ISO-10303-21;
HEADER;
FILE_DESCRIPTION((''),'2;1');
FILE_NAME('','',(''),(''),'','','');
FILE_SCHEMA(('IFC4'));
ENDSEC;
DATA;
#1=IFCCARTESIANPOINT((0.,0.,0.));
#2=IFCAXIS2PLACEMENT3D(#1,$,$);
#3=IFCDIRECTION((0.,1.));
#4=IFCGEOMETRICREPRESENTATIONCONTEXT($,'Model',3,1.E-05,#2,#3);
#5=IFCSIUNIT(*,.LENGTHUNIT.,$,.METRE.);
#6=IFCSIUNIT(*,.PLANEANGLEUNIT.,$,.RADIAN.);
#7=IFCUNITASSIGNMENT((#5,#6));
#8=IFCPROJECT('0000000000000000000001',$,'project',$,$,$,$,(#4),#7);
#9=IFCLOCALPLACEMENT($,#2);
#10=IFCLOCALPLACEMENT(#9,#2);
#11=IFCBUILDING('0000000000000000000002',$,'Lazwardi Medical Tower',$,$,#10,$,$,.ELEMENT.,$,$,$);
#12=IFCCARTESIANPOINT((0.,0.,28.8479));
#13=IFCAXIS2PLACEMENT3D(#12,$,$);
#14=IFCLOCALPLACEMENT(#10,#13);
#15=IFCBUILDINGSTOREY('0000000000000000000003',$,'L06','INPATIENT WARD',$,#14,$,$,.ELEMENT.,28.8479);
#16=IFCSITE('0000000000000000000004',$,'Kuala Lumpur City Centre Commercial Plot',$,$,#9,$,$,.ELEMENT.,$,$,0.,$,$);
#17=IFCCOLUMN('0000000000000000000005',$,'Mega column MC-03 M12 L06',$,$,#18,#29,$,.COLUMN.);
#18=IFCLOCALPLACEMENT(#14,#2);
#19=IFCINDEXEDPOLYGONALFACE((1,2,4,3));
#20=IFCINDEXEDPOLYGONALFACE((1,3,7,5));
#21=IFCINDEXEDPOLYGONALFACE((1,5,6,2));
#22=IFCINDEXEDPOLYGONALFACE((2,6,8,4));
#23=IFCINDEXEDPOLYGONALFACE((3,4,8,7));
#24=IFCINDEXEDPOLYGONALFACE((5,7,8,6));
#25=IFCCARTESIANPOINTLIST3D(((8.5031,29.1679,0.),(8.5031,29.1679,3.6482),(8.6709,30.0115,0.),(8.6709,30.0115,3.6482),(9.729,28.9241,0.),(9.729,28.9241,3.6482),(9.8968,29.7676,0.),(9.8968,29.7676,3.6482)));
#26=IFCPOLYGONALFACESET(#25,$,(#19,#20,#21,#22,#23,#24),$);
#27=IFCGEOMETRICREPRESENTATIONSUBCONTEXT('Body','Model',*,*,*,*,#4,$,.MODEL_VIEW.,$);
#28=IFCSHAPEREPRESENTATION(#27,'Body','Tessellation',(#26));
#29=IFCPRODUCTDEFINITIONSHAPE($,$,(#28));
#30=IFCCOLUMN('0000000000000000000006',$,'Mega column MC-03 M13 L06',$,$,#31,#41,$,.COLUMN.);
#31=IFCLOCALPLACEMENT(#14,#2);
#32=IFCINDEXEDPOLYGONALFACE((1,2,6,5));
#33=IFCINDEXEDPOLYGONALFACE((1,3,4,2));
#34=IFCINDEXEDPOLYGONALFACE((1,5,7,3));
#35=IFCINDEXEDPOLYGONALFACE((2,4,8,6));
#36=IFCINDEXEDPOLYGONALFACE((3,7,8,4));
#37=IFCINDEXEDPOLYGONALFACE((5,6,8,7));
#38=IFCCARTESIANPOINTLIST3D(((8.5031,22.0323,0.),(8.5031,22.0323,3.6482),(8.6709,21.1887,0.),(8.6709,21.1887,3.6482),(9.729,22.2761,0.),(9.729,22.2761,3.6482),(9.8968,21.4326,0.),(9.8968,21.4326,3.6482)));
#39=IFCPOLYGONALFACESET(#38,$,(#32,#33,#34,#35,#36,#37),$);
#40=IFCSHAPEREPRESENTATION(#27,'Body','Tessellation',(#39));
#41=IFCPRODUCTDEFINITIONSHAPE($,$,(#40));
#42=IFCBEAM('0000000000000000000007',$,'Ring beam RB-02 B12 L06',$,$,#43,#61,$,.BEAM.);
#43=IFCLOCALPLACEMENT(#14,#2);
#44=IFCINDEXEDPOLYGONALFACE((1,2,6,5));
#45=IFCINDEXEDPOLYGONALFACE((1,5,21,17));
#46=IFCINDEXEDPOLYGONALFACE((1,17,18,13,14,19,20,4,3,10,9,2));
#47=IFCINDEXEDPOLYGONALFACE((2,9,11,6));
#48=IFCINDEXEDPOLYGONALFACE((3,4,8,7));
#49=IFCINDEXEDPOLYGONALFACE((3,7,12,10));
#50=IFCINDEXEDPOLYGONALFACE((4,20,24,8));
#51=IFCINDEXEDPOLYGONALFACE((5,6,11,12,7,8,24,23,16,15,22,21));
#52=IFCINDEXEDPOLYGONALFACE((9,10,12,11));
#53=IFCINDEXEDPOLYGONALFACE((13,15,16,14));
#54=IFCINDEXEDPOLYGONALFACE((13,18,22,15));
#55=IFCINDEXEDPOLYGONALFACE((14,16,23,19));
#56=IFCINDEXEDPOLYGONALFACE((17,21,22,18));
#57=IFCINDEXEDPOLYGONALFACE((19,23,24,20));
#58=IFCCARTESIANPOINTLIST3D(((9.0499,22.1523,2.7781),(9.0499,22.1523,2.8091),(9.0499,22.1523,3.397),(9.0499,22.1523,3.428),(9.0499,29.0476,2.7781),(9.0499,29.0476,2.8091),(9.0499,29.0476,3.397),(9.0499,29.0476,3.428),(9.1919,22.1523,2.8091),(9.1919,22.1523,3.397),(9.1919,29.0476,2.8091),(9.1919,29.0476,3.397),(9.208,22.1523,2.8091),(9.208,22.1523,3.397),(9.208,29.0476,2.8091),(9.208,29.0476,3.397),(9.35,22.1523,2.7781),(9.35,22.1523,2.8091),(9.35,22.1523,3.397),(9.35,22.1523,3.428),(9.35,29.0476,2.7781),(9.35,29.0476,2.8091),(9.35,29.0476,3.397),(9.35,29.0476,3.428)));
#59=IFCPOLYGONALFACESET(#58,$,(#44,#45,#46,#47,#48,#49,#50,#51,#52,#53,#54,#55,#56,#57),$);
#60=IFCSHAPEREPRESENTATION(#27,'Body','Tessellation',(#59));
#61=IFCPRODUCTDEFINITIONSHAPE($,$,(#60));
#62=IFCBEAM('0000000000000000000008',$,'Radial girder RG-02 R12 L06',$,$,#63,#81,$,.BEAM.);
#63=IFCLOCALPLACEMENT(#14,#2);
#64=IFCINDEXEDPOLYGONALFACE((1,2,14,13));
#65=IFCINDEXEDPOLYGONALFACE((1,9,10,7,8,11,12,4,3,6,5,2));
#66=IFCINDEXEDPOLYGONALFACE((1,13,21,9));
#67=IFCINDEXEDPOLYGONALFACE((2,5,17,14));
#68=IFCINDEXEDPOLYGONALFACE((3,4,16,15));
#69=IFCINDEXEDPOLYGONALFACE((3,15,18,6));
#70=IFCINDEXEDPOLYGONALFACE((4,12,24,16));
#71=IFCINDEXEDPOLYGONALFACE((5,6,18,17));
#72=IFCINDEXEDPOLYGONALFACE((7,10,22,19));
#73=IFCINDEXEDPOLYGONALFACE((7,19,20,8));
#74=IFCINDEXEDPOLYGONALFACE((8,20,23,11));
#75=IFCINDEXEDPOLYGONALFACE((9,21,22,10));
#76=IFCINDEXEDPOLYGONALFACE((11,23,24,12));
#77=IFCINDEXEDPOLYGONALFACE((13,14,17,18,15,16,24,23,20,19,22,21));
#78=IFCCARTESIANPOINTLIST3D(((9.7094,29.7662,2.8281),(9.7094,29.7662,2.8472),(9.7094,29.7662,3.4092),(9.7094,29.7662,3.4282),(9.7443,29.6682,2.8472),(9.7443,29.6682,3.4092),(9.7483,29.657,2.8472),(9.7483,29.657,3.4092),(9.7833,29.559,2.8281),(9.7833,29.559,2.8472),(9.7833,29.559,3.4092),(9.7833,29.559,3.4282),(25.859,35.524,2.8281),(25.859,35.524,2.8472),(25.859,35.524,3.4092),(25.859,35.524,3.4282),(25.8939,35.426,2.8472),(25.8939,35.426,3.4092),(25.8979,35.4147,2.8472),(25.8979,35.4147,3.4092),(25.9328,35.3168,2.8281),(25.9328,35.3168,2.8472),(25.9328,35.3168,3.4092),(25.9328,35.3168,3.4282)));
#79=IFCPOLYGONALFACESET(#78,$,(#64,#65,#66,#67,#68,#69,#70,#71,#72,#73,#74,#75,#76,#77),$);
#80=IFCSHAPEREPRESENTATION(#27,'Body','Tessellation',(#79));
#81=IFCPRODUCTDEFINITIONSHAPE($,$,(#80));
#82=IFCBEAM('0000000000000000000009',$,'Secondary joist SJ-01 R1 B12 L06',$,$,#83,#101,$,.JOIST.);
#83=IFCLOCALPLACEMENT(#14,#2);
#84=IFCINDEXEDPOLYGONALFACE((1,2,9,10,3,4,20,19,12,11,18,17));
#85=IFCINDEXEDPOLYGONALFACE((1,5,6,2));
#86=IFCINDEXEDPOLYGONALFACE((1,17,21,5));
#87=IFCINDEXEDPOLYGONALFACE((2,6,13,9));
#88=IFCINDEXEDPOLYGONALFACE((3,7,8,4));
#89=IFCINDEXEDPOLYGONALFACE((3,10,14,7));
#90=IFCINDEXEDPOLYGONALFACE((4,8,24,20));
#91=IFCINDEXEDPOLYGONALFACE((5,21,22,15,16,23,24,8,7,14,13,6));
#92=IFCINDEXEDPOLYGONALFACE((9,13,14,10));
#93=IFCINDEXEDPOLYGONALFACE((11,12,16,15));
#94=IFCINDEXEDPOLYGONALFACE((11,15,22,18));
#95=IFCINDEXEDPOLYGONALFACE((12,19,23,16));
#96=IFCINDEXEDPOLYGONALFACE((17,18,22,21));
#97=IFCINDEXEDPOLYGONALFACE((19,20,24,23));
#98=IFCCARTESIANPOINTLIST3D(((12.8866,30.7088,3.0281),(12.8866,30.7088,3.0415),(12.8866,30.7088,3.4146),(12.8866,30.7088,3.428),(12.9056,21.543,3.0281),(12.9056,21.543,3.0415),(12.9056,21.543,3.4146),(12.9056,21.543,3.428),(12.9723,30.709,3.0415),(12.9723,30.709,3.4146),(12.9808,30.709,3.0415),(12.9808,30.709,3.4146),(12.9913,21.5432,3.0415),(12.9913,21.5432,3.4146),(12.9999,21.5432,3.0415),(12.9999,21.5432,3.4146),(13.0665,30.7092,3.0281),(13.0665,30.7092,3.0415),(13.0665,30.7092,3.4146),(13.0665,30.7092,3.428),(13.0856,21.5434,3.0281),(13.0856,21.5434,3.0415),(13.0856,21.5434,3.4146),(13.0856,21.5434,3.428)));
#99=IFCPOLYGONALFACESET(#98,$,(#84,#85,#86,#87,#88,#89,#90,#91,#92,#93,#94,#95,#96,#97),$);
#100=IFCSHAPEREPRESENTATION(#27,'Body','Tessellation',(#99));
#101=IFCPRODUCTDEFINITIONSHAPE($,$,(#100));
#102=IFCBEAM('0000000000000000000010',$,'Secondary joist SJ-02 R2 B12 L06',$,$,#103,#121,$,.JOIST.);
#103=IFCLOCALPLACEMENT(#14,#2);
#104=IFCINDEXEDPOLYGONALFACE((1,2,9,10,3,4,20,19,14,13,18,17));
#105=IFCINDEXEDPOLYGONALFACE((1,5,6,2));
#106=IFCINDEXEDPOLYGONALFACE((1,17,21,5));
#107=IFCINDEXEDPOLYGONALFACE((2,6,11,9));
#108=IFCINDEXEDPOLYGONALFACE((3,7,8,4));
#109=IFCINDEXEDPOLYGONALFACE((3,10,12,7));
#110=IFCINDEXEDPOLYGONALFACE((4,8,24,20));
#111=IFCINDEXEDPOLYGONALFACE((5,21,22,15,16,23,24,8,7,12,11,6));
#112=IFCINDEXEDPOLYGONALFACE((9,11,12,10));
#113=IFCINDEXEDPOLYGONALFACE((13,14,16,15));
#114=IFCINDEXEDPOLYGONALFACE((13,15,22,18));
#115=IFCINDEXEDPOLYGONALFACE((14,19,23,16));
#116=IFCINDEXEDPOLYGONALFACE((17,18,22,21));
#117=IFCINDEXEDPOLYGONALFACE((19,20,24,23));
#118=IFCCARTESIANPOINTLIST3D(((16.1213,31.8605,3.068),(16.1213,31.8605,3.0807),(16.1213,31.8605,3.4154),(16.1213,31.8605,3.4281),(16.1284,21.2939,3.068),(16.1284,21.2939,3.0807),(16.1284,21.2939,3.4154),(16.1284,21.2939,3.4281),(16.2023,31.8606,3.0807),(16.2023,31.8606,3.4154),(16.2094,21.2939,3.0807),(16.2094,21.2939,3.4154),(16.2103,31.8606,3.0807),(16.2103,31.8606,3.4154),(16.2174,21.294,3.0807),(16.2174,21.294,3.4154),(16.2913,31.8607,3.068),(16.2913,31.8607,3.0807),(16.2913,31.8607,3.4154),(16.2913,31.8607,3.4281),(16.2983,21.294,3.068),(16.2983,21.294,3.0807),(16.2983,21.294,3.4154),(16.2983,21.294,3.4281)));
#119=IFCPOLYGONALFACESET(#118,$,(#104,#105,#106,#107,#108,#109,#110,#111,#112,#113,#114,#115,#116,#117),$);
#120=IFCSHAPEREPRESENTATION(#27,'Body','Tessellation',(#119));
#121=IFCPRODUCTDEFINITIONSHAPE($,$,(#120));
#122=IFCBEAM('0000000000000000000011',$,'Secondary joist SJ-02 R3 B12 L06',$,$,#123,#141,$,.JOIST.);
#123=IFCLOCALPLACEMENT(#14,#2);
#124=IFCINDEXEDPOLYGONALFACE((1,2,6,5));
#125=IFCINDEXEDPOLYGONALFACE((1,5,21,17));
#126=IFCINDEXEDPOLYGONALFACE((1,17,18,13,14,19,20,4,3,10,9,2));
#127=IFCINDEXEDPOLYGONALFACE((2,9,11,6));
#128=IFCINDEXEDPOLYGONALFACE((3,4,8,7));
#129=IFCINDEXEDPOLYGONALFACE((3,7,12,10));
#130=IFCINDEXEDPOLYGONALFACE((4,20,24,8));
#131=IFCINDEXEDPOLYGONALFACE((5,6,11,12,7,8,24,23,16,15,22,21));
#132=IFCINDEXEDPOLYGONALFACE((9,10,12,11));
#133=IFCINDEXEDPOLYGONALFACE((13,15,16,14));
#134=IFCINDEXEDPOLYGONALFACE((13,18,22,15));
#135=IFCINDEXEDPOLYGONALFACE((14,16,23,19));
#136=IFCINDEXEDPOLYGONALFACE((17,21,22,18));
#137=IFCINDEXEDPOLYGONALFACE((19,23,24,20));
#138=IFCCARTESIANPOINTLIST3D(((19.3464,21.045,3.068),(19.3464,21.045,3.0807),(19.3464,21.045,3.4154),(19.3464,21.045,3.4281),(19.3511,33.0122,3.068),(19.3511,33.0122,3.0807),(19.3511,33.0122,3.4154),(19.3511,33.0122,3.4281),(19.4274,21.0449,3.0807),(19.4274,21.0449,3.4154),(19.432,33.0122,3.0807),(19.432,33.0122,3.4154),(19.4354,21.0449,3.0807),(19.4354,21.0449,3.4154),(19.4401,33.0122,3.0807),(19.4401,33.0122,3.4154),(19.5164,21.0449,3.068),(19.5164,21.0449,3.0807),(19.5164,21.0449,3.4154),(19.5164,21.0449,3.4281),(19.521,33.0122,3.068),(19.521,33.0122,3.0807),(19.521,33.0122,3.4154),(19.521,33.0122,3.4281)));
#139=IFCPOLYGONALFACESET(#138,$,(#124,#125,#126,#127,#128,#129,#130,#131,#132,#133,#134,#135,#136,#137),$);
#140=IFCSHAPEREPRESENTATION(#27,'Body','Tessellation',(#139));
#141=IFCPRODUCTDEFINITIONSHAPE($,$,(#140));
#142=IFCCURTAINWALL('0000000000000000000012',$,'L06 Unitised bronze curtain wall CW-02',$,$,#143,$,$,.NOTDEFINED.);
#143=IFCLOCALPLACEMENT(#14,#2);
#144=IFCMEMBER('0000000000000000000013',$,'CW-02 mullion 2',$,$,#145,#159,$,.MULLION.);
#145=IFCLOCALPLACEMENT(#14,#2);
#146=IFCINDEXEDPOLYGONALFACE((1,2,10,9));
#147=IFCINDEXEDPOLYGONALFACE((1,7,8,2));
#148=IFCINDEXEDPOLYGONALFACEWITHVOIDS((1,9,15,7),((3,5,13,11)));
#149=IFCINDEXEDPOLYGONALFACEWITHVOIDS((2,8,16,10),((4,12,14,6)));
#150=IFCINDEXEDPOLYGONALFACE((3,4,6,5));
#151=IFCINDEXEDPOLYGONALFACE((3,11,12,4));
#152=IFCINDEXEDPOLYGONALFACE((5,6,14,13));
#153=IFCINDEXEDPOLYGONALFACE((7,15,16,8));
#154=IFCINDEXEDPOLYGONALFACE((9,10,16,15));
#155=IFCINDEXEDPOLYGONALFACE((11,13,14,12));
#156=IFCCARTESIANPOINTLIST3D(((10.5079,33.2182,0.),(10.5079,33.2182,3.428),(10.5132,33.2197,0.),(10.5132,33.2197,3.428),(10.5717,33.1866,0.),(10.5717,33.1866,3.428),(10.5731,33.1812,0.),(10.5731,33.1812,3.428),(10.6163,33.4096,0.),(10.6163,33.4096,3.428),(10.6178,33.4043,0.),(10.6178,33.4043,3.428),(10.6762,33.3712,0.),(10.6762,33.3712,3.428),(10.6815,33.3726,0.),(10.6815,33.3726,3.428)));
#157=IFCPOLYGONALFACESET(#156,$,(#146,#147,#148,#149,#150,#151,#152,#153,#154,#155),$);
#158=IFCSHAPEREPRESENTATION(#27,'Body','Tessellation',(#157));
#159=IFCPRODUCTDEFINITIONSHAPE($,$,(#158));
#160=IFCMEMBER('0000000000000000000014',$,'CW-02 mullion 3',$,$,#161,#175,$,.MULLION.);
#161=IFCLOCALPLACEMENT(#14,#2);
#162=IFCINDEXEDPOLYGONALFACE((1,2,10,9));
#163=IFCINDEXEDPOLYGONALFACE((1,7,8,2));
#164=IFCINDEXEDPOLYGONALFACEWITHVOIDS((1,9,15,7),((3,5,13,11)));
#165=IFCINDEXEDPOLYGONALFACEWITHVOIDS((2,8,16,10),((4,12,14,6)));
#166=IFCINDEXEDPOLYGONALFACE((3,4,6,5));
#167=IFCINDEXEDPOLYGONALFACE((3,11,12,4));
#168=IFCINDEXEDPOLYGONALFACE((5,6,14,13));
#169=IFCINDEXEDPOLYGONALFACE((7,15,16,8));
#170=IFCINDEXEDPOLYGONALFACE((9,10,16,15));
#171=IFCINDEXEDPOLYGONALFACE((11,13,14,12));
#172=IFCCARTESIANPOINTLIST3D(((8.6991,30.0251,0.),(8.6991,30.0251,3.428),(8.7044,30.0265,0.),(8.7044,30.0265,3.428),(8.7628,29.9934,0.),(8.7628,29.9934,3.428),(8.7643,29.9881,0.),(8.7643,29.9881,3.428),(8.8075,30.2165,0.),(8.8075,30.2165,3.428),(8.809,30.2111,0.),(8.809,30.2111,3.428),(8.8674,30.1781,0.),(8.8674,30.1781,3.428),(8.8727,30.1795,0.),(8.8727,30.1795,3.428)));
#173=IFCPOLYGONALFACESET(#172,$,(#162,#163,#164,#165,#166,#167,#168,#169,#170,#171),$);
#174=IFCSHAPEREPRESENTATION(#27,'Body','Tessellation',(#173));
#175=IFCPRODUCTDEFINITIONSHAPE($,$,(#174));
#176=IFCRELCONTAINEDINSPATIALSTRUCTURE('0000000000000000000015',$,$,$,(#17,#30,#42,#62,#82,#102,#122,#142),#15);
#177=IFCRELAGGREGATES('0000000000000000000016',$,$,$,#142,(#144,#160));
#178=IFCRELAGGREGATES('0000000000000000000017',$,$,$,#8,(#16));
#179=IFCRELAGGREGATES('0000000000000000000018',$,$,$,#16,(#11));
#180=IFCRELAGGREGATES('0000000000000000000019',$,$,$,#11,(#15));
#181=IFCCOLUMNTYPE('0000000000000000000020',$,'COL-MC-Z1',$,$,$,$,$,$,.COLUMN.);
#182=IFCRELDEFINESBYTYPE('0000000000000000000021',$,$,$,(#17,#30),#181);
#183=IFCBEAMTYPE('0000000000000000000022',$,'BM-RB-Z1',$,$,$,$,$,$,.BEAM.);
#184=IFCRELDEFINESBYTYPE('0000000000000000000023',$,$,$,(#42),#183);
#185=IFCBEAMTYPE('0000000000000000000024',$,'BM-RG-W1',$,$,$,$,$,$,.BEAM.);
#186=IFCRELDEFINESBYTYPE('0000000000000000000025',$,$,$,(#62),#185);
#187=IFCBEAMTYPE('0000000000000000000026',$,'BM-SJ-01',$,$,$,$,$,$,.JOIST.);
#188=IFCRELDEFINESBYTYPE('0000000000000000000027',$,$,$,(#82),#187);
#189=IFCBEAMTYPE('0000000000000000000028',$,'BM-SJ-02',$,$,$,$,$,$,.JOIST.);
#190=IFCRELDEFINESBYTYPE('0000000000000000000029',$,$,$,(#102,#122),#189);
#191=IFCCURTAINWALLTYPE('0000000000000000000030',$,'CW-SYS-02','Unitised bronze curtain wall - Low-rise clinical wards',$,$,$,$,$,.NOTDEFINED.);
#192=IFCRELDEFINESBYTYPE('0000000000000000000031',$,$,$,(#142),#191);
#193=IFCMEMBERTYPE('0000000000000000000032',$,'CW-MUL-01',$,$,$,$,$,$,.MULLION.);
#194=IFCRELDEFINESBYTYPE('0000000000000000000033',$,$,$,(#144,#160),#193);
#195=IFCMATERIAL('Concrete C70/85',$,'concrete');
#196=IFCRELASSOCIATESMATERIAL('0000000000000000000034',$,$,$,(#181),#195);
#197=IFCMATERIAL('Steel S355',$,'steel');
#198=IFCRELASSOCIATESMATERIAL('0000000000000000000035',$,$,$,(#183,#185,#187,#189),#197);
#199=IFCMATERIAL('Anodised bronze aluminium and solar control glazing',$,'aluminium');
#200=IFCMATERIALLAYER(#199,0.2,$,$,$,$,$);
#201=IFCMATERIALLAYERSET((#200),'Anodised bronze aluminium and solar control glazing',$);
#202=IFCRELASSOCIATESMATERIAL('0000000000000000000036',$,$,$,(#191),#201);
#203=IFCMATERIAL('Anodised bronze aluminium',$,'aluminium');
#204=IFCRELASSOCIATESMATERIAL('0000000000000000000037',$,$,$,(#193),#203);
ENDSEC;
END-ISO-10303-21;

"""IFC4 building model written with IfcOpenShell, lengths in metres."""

from ifc_helpers import new_model, si_unit, direction, frame, origin, origin_2d, place, context, subcontext, project, spatial, rectangle, hollow_rectangle, i_section, extrude, material, layer, layer_set, material_profile, profile_set, type_object, element, aggregate, save


model = new_model("IFC4")

# Units and contexts
model_context = context("Model", 3, precision=1e-05, world=origin(), true_north=direction((0.0, 1.0)))
body_context = subcontext(model_context, "Body", "Model", "MODEL_VIEW")
ifc_project = project(units=[si_unit("LENGTHUNIT", "METRE"), si_unit("PLANEANGLEUNIT", "RADIAN")], contexts=[model_context])

# Site, building, storey
site_placement = place(None, origin())
site = spatial("IfcSite", under=ifc_project, at=site_placement, Name="Kuala Lumpur City Centre Commercial Plot", CompositionType="ELEMENT", RefElevation=0.0)
building_placement = place(site_placement, origin())
building = spatial("IfcBuilding", under=site, at=building_placement, Name="Lazwardi Medical Tower", CompositionType="ELEMENT")
storey_placement = place(building_placement, frame((0.0, 0.0, 28.8479)))
storey = spatial("IfcBuildingStorey", under=building, at=storey_placement, Name="L06", Description="INPATIENT WARD", CompositionType="ELEMENT", Elevation=28.8479)

# Columns
ifc_material_1 = material(Name="Concrete C70/85", Category="concrete")
ifc_material_profile_1 = material_profile(ifc_material_1, rectangle(XDim=1.25, YDim=0.8601, at=origin_2d()), Name="CFT-RECT 1250x860")
ifc_profile_set_1 = profile_set([ifc_material_profile_1], Name="Concrete C70/85")
column_type = type_object("IfcColumnType", Name="COL-MC-Z1", PredefinedType="COLUMN", material=ifc_profile_set_1)
for number, where, z_axis, x_axis, name in (
    (1, (9.2, 29.4678, 0.0), (0.0, 0.0, 1.0), (-0.980785, 0.19509, 0.0), "Mega column MC-03 M12 L06"),
    (2, (9.2, 21.7324, 0.0), (0.0, 0.0, 1.0), (-0.980785, -0.19509, 0.0), "Mega column MC-03 M13 L06"),
):
    element("IfcColumn", number, at=place(storey_placement, frame(where, z_axis=z_axis, x_axis=x_axis)), inside=storey, type_object=column_type, Name=name, PredefinedType="COLUMN", context=body_context, shape_type="SweptSolid", body=[
        extrude(rectangle(XDim=1.25, YDim=0.8601, at=origin_2d()), origin(), (0.0, 0.0, 1.0), 3.6482),
    ])

# Beams
ifc_material_2 = material(Name="Steel S355", Category="steel")
ifc_material_profile_2 = material_profile(ifc_material_2, i_section(OverallWidth=0.3, OverallDepth=0.6499, WebThickness=0.0161, FlangeThickness=0.031, at=origin_2d()), Name="HEB 650")
ifc_profile_set_2 = profile_set([ifc_material_profile_2], Name="Steel S355")
beam_type_1 = type_object("IfcBeamType", Name="BM-RB-Z1", PredefinedType="BEAM", material=ifc_profile_set_2)
beam_1_placement = place(storey_placement, frame((9.2, 29.0476, 3.103), z_axis=(0.0, -1.0, 0.0), x_axis=(1.0, 0.0, 0.0)))
element("IfcBeam", 3, at=beam_1_placement, inside=storey, type_object=beam_type_1, Name="Ring beam RB-02 B12 L06", PredefinedType="BEAM", context=body_context, shape_type="SweptSolid", body=[
    extrude(i_section(OverallWidth=0.3, OverallDepth=0.6499, WebThickness=0.0161, FlangeThickness=0.031, at=origin_2d()), origin(), (0.0, 0.0, 1.0), 6.8953),
])
ifc_material_profile_3 = material_profile(ifc_material_2, i_section(OverallWidth=0.22, OverallDepth=0.6001, WebThickness=0.012, FlangeThickness=0.019, at=origin_2d()), Name="IPE 600")
ifc_profile_set_3 = profile_set([ifc_material_profile_3], Name="Steel S355")
beam_type_2 = type_object("IfcBeamType", Name="BM-RG-W1", PredefinedType="BEAM", material=ifc_profile_set_3)
beam_2_placement = place(storey_placement, frame((9.7463, 29.6626, 3.1282), z_axis=(0.941925, 0.335823, 0.0), x_axis=(-0.335823, 0.941925, 0.0)))
element("IfcBeam", 4, at=beam_2_placement, inside=storey, type_object=beam_type_2, Name="Radial girder RG-02 R12 L06", PredefinedType="BEAM", context=body_context, shape_type="SweptSolid", body=[
    extrude(i_section(OverallWidth=0.22, OverallDepth=0.6001, WebThickness=0.012, FlangeThickness=0.019, at=origin_2d()), origin(), (0.0, 0.0, 1.0), 17.1453),
])
ifc_material_profile_4 = material_profile(ifc_material_2, i_section(OverallWidth=0.1799, OverallDepth=0.3999, WebThickness=0.0085, FlangeThickness=0.0134, at=origin_2d()), Name="IPE 400")
ifc_profile_set_4 = profile_set([ifc_material_profile_4], Name="Steel S355")
beam_type_3 = type_object("IfcBeamType", Name="BM-SJ-01", PredefinedType="JOIST", material=ifc_profile_set_4)
beam_3_placement = place(storey_placement, frame((12.9766, 30.709, 3.228), z_axis=(0.002078, -0.999998, 0.0), x_axis=(0.999998, 0.002078, 0.0)))
element("IfcBeam", 5, at=beam_3_placement, inside=storey, type_object=beam_type_3, Name="Secondary joist SJ-01 R1 B12 L06", PredefinedType="JOIST", context=body_context, shape_type="SweptSolid", body=[
    extrude(i_section(OverallWidth=0.1799, OverallDepth=0.3999, WebThickness=0.0085, FlangeThickness=0.0134, at=origin_2d()), origin(), (0.0, 0.0, 1.0), 9.1658),
])
ifc_material_profile_5 = material_profile(ifc_material_2, i_section(OverallWidth=0.1699, OverallDepth=0.3601, WebThickness=0.0081, FlangeThickness=0.0127, at=origin_2d()), Name="IPE 360")
ifc_profile_set_5 = profile_set([ifc_material_profile_5], Name="Steel S355")
beam_type_4 = type_object("IfcBeamType", Name="BM-SJ-02", PredefinedType="JOIST", material=ifc_profile_set_5)
beam_4_placement = place(storey_placement, frame((16.2063, 31.8606, 3.248), z_axis=(0.00067, -1.0, 0.0), x_axis=(1.0, 0.00067, 0.0)))
element("IfcBeam", 6, at=beam_4_placement, inside=storey, type_object=beam_type_4, Name="Secondary joist SJ-02 R2 B12 L06", PredefinedType="JOIST", context=body_context, shape_type="SweptSolid", body=[
    extrude(i_section(OverallWidth=0.1699, OverallDepth=0.3601, WebThickness=0.0081, FlangeThickness=0.0127, at=origin_2d()), origin(), (0.0, 0.0, 1.0), 10.5667),
])
beam_5_placement = place(storey_placement, frame((19.436, 33.0122, 3.248), z_axis=(-0.000388, -1.0, 0.0), x_axis=(1.0, -0.000388, 0.0)))
element("IfcBeam", 7, at=beam_5_placement, inside=storey, type_object=beam_type_4, Name="Secondary joist SJ-02 R3 B12 L06", PredefinedType="JOIST", context=body_context, shape_type="SweptSolid", body=[
    extrude(i_section(OverallWidth=0.1699, OverallDepth=0.3601, WebThickness=0.0081, FlangeThickness=0.0127, at=origin_2d()), origin(), (0.0, 0.0, 1.0), 11.9673),
])

# Curtain wall, members
ifc_material_3 = material(Name="Anodised bronze aluminium and solar control glazing", Category="aluminium")
ifc_layer_1 = layer(ifc_material_3, 0.2)
ifc_layer_set_1 = layer_set([ifc_layer_1], Name="Anodised bronze aluminium and solar control glazing")
curtain_wall_type = type_object("IfcCurtainWallType", Name="CW-SYS-02", Description="Unitised bronze curtain wall - Low-rise clinical wards", PredefinedType="NOTDEFINED", material=ifc_layer_set_1)
curtain_wall_1_placement = place(storey_placement, origin())
curtain_wall_1 = element("IfcCurtainWall", 8, at=curtain_wall_1_placement, inside=storey, type_object=curtain_wall_type, Name="L06 Unitised bronze curtain wall CW-02", PredefinedType="NOTDEFINED")
ifc_material_4 = material(Name="Anodised bronze aluminium", Category="aluminium")
ifc_material_profile_6 = material_profile(ifc_material_4, hollow_rectangle(XDim=0.075, YDim=0.22, WallThickness=0.0039, at=origin_2d()), Name="ALU-MULLION 220x75x4")
ifc_profile_set_6 = profile_set([ifc_material_profile_6], Name="Anodised bronze aluminium")
member_type_1 = type_object("IfcMemberType", Name="CW-MUL-01", PredefinedType="MULLION", material=ifc_profile_set_6)
member_1_placement = place(storey_placement, frame((10.5947, 33.2954, 0.0), z_axis=(0.0, 0.0, 1.0), x_axis=(0.870112, -0.492854, 0.0)))
member_1 = element("IfcMember", 9, at=member_1_placement, type_object=member_type_1, Name="CW-02 mullion 2", PredefinedType="MULLION", context=body_context, shape_type="SweptSolid", body=[
    extrude(hollow_rectangle(XDim=0.075, YDim=0.22, WallThickness=0.0039, at=origin_2d()), origin(), (0.0, 0.0, 1.0), 3.428),
])
member_2_placement = place(storey_placement, frame((8.7859, 30.1023, 0.0), z_axis=(0.0, 0.0, 1.0), x_axis=(0.870112, -0.492854, 0.0)))
member_2 = element("IfcMember", 10, at=member_2_placement, type_object=member_type_1, Name="CW-02 mullion 3", PredefinedType="MULLION", context=body_context, shape_type="SweptSolid", body=[
    extrude(hollow_rectangle(XDim=0.075, YDim=0.22, WallThickness=0.0039, at=origin_2d()), origin(), (0.0, 0.0, 1.0), 3.428),
])

aggregate(curtain_wall_1, [member_1, member_2])

save(model, "model.ifc")
